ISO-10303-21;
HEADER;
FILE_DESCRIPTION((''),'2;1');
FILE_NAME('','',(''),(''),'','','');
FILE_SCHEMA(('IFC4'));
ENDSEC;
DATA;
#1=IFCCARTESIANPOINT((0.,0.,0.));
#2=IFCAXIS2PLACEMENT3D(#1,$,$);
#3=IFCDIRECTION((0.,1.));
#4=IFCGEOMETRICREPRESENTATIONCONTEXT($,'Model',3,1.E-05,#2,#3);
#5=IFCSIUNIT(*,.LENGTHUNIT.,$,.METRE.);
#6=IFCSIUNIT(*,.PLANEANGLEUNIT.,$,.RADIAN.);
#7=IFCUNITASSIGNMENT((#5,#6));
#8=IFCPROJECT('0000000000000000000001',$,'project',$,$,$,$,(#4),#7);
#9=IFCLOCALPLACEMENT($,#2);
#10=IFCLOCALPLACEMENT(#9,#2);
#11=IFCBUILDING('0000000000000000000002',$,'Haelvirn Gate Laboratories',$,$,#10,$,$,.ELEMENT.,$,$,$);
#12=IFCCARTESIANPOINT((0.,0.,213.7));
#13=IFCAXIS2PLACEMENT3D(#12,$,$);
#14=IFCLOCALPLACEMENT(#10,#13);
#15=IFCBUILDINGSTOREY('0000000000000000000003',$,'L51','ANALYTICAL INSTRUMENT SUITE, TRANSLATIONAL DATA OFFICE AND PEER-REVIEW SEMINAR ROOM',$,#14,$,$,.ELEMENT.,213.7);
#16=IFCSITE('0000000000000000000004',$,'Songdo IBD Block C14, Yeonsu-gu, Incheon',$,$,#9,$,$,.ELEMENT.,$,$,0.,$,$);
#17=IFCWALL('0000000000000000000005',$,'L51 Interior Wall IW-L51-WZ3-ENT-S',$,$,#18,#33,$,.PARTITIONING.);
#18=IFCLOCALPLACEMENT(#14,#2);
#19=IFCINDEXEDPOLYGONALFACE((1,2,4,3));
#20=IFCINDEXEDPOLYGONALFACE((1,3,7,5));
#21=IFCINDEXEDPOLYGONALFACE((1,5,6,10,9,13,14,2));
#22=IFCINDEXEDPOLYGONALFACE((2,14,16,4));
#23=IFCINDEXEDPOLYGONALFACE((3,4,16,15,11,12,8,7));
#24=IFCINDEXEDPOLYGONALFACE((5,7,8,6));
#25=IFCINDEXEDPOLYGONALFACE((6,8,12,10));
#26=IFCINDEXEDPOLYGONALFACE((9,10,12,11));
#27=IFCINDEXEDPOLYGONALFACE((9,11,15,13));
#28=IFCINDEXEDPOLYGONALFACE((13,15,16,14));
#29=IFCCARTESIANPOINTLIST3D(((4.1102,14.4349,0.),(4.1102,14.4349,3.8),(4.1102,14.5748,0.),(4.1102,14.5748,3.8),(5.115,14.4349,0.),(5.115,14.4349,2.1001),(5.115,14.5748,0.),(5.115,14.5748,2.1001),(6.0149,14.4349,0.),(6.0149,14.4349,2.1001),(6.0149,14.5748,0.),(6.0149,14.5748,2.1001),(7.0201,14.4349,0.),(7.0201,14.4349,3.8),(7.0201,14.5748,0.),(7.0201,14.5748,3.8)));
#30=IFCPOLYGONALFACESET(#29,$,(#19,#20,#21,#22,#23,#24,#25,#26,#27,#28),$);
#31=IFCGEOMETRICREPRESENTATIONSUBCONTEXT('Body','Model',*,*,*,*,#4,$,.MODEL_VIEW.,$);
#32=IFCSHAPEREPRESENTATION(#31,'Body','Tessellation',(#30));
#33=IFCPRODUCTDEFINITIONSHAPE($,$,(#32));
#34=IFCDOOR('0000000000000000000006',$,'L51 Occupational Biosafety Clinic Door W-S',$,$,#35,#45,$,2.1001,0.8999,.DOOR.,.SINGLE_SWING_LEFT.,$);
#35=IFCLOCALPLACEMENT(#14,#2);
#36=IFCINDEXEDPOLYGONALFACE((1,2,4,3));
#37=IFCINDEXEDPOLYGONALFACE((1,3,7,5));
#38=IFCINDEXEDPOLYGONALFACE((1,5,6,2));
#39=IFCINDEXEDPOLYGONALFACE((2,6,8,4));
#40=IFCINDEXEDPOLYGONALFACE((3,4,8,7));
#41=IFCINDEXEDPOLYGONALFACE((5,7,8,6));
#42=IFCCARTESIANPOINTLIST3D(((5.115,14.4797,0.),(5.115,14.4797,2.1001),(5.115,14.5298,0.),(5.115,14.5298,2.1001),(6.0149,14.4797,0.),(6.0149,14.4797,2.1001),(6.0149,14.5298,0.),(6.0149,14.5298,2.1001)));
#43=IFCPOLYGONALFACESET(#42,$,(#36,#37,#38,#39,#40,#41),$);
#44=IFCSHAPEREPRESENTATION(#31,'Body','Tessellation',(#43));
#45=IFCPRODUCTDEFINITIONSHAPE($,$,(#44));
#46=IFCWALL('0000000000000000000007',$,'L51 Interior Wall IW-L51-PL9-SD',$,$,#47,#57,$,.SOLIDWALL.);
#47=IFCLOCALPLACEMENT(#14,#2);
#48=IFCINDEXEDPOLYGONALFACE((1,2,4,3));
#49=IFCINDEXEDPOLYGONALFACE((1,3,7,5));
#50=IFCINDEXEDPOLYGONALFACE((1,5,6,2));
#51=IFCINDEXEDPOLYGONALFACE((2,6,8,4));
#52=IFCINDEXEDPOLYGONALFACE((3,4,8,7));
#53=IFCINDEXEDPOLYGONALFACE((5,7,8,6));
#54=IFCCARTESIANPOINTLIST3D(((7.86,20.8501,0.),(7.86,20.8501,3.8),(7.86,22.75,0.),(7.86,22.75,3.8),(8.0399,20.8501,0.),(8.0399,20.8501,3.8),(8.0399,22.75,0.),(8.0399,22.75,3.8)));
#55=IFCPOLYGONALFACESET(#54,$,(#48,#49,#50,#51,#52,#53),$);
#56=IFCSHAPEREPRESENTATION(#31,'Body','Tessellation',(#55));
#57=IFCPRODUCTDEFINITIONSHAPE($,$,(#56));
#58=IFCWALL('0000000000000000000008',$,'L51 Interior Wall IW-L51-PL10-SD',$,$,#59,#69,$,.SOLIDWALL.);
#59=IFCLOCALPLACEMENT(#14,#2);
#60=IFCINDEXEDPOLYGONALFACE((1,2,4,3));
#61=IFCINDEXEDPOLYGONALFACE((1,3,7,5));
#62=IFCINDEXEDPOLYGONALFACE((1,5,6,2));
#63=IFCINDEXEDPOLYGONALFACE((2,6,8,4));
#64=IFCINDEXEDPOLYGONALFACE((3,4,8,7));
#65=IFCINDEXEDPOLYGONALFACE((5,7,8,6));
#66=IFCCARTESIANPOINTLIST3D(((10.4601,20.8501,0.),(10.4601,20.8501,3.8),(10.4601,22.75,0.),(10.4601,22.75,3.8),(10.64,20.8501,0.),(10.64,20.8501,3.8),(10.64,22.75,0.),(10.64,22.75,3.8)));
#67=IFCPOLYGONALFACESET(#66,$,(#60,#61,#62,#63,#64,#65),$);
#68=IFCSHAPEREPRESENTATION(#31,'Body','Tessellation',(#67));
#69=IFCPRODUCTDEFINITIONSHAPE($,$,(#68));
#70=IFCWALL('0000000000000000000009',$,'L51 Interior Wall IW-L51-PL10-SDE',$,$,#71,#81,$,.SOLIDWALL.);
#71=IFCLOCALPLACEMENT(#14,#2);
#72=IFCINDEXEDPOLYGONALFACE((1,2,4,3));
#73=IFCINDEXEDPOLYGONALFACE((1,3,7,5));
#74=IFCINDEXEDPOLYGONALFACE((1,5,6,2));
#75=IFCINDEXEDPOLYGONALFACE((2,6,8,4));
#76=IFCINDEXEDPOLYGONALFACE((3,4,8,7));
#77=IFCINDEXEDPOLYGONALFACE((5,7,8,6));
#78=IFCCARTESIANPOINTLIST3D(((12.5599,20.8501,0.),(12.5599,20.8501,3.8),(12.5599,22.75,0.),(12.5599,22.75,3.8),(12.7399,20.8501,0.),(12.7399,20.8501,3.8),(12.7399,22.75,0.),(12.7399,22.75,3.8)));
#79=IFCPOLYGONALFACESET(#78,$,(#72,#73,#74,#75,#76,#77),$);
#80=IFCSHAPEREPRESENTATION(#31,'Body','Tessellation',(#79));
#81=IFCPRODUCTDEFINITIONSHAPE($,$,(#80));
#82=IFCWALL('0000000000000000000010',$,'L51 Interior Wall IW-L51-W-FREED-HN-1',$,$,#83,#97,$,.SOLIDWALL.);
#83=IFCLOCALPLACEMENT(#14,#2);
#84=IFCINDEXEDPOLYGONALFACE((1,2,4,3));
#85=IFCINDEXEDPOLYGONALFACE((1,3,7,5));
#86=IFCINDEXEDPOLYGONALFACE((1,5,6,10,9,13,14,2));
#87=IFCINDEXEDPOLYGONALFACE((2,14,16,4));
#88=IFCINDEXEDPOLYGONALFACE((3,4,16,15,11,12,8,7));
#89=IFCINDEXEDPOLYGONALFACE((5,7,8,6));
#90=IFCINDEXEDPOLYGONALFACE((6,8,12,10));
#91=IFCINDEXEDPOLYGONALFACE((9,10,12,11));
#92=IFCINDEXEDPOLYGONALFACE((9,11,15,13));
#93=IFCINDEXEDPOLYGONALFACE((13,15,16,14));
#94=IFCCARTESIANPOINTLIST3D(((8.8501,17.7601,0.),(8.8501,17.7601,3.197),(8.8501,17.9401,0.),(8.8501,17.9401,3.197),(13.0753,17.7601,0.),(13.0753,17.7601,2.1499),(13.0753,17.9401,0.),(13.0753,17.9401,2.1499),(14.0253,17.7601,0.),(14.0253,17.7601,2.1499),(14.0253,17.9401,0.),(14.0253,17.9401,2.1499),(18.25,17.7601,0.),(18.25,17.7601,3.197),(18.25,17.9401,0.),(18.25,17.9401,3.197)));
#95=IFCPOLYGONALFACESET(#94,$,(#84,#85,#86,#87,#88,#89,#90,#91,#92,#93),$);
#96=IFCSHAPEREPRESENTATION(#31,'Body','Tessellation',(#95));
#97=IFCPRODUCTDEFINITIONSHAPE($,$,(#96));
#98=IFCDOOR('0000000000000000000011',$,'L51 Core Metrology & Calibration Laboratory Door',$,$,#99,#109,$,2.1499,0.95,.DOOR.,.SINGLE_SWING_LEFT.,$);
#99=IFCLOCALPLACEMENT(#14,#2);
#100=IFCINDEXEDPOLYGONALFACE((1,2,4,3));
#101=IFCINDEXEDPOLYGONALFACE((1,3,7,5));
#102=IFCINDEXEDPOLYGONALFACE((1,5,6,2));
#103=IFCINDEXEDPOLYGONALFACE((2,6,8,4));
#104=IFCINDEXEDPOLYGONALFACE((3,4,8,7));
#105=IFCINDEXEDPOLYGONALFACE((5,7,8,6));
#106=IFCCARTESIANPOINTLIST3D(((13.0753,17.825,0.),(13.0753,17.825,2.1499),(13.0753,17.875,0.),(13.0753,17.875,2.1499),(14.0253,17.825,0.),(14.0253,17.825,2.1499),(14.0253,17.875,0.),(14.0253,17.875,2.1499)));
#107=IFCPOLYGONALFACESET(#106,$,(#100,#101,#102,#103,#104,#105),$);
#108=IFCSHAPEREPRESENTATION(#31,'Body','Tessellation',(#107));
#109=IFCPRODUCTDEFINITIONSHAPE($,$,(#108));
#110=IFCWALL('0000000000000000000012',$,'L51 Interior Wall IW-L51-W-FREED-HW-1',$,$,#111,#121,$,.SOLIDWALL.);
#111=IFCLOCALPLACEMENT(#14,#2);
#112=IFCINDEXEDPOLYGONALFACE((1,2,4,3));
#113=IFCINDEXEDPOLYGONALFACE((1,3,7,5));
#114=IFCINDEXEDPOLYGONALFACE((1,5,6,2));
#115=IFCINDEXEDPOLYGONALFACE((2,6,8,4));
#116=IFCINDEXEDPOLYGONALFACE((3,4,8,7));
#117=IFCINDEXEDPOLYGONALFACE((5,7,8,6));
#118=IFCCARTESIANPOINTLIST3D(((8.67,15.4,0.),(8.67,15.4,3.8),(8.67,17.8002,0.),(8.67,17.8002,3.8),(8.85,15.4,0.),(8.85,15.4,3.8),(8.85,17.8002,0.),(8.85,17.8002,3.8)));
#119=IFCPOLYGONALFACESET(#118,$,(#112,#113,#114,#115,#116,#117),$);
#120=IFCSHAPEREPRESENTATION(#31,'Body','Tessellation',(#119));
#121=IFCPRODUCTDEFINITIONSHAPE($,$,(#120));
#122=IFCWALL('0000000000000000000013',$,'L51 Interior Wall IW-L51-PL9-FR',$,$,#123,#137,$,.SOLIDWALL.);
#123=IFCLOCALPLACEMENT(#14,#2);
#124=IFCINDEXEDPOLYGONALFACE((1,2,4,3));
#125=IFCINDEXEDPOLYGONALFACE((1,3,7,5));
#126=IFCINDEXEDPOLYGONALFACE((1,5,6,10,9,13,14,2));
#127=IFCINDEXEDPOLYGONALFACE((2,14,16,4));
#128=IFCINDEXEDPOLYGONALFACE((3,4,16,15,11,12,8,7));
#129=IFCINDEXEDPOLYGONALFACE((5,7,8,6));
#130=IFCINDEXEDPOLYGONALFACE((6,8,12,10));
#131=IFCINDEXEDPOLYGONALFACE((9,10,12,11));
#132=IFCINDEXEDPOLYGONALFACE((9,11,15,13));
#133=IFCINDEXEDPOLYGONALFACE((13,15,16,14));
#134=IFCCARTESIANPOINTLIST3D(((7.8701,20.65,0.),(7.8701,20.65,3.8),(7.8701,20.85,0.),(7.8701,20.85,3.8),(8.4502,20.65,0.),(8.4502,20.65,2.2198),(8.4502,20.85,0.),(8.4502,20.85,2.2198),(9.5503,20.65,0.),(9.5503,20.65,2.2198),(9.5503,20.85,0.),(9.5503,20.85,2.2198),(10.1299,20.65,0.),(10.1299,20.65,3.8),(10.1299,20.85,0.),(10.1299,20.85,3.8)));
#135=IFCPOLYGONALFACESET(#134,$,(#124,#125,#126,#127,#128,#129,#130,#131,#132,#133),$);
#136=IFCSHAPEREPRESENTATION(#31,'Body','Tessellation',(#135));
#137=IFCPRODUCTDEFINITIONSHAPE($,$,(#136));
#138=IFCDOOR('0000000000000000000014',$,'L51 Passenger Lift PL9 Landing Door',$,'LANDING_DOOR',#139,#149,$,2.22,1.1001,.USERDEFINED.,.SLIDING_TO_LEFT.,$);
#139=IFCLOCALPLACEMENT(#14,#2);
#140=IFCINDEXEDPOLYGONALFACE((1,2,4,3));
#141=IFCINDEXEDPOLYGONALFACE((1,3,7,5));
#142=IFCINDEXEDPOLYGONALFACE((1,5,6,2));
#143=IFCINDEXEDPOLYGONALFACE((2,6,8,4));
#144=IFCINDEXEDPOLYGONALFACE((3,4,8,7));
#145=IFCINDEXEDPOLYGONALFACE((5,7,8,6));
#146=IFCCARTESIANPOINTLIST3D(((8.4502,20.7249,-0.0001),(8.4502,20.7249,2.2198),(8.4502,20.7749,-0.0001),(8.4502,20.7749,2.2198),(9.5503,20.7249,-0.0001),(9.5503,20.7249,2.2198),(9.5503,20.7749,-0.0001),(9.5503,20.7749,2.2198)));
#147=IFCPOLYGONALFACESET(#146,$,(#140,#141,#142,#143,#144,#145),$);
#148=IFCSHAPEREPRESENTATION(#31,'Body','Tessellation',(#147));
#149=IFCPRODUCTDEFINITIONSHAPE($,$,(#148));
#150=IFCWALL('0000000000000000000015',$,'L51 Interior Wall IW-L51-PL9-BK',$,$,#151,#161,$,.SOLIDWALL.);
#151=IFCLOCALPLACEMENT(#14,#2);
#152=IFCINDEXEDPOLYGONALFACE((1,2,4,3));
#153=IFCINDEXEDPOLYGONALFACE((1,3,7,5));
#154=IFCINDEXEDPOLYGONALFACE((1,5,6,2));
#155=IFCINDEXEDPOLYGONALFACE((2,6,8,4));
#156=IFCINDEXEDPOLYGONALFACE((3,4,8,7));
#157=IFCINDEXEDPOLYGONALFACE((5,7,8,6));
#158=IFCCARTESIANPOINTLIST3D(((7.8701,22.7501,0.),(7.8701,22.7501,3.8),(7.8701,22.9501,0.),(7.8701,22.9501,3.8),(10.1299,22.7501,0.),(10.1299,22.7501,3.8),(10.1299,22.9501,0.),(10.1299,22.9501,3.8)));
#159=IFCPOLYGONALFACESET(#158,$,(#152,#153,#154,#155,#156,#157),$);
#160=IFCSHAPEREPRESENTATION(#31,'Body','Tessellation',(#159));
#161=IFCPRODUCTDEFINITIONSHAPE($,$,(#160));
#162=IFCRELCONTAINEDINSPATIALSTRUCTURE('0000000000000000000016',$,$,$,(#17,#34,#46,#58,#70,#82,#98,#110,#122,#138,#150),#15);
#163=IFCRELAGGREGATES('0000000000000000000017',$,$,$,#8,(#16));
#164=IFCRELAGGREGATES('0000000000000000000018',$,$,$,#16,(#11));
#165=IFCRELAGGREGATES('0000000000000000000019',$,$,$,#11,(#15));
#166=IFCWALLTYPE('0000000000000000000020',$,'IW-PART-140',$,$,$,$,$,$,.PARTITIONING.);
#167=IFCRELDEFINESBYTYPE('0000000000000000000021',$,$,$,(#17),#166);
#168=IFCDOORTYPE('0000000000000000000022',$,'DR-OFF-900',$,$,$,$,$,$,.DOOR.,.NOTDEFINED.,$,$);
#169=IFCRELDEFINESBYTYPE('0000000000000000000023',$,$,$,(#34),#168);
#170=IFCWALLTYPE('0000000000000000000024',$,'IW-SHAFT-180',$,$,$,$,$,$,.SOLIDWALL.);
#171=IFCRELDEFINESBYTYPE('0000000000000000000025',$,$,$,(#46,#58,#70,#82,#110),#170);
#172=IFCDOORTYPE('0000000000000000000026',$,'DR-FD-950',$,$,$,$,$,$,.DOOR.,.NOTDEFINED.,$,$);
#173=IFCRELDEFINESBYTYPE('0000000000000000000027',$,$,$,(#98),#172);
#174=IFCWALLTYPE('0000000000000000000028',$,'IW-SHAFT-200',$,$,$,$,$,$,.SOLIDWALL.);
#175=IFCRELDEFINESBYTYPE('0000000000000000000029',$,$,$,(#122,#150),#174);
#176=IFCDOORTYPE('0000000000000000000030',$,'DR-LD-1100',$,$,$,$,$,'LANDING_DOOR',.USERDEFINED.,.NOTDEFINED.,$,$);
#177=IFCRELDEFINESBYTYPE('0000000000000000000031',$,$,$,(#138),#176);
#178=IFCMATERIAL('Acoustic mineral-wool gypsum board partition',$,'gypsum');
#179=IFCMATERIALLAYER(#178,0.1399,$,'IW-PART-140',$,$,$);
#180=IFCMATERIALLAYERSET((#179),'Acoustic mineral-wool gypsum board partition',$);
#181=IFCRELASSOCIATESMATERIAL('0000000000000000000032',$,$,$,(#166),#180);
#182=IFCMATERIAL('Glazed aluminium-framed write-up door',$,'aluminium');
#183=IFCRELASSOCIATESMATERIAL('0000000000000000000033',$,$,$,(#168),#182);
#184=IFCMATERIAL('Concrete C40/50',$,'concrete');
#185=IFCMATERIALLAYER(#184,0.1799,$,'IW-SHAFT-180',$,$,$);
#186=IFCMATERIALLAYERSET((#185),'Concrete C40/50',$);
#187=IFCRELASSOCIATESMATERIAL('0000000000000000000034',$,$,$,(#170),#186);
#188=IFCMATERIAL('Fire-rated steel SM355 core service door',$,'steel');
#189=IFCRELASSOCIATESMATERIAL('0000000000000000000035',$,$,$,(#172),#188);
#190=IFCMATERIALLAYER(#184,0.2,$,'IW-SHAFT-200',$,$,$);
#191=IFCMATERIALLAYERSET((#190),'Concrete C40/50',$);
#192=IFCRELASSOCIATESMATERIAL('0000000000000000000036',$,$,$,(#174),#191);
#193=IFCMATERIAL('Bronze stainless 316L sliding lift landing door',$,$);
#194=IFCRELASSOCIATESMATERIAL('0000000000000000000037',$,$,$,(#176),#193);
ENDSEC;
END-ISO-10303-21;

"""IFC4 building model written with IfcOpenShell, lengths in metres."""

from ifc_helpers import new_model, si_unit, direction, frame, frame_2d, origin, place, context, subcontext, project, spatial, rectangle, extrude, source, transform, mapped, material, layer, layer_set, type_object, type_shapes, element, fill, save


model = new_model("IFC4")

# Units and contexts
model_context = context("Model", 3, precision=1e-05, world=origin(), true_north=direction((0.0, 1.0)))
body_context = subcontext(model_context, "Body", "Model", "MODEL_VIEW")
ifc_project = project(units=[si_unit("LENGTHUNIT", "METRE"), si_unit("PLANEANGLEUNIT", "RADIAN")], contexts=[model_context])

# Site, building, storey
site_placement = place(None, origin())
site = spatial("IfcSite", under=ifc_project, at=site_placement, Name="Songdo IBD Block C14, Yeonsu-gu, Incheon", CompositionType="ELEMENT", RefElevation=0.0)
building_placement = place(site_placement, origin())
building = spatial("IfcBuilding", under=site, at=building_placement, Name="Haelvirn Gate Laboratories", CompositionType="ELEMENT")
storey_placement = place(building_placement, frame((0.0, 0.0, 213.7)))
storey = spatial("IfcBuildingStorey", under=building, at=storey_placement, Name="L51", Description="ANALYTICAL INSTRUMENT SUITE, TRANSLATIONAL DATA OFFICE AND PEER-REVIEW SEMINAR ROOM", CompositionType="ELEMENT", Elevation=213.7)

# Shared definitions
ifc_material_1 = material(Name="Acoustic mineral-wool gypsum board partition", Category="gypsum")
ifc_layer_1 = layer(ifc_material_1, 0.1399, Name="IW-PART-140")
ifc_layer_set_1 = layer_set([ifc_layer_1], Name="Acoustic mineral-wool gypsum board partition")
wall_type_1 = type_object("IfcWallType", Name="IW-PART-140", PredefinedType="PARTITIONING", material=ifc_layer_set_1)

# Wall, opening, door
wall_1_placement = place(storey_placement, frame((4.1101, 14.5049, 0.0), z_axis=(0.0, 0.0, 1.0), x_axis=(1.0, 0.0, 0.0)))
wall_1 = element("IfcWall", 1, at=wall_1_placement, inside=storey, type_object=wall_type_1, Name="L51 Interior Wall IW-L51-WZ3-ENT-S", PredefinedType="PARTITIONING", context=body_context, shape_type="SweptSolid", body=[
    extrude(rectangle(XDim=2.9099, YDim=0.1399, at=frame_2d((1.4551, 0.0))), origin(), (0.0, 0.0, 1.0), 3.8),
])
opening_1_placement = place(wall_1_placement, frame((1.0049, 0.0, 0.0)))
opening_1 = element("IfcOpeningElement", 2, at=opening_1_placement, cuts=wall_1, PredefinedType="OPENING", context=body_context, shape_type="SweptSolid", body=[
    extrude(rectangle(XDim=0.8999, YDim=2.1001, at=frame_2d((0.45, 1.05))), frame((0.0, 0.0801, 0.0), z_axis=(0.0, -1.0, 0.0), x_axis=(1.0, 0.0, 0.0)), (0.0, 0.0, 1.0), 0.1599),
])
ifc_material_2 = material(Name="Glazed aluminium-framed write-up door", Category="aluminium")
door_type_1 = type_object("IfcDoorType", Name="DR-OFF-900", OperationType="NOTDEFINED", PredefinedType="DOOR", material=ifc_material_2)
shared_shape_1 = source(origin(), body_context, "Body", "SweptSolid", [
    extrude(rectangle(XDim=0.8999, YDim=2.1001, at=frame_2d((0.45, 1.05))), frame((0.0, 0.0249, 0.0), z_axis=(0.0, -1.0, 0.0), x_axis=(1.0, 0.0, 0.0)), (0.0, 0.0, 1.0), 0.05),
])
type_shapes(door_type_1, [shared_shape_1])
door_1_placement = place(opening_1_placement, origin())
door_1 = element("IfcDoor", 3, at=door_1_placement, inside=storey, type_object=door_type_1, Name="L51 Occupational Biosafety Clinic Door W-S", OperationType="SINGLE_SWING_LEFT", OverallHeight=2.1001, OverallWidth=0.8999, PredefinedType="DOOR", context=body_context, shape_type="MappedRepresentation", body=[
    mapped(shared_shape_1, transform((0.0, 0.0, 0.0), scale=1.0)),
])
fill(opening_1, door_1)

# Walls
ifc_material_3 = material(Name="Concrete C40/50", Category="concrete")
ifc_layer_2 = layer(ifc_material_3, 0.1799, Name="IW-SHAFT-180")
ifc_layer_set_2 = layer_set([ifc_layer_2], Name="Concrete C40/50")
wall_type_2 = type_object("IfcWallType", Name="IW-SHAFT-180", PredefinedType="SOLIDWALL", material=ifc_layer_set_2)
for number, where, z_axis, x_axis, name in (
    (4, (7.95, 20.8501, 0.0), (0.0, 0.0, 1.0), (0.0, 1.0, 0.0), "L51 Interior Wall IW-L51-PL9-SD"),
    (5, (10.55, 20.8501, 0.0), (0.0, 0.0, 1.0), (0.0, 1.0, 0.0), "L51 Interior Wall IW-L51-PL10-SD"),
    (6, (12.6499, 20.8501, 0.0), (0.0, 0.0, 1.0), (0.0, 1.0, 0.0), "L51 Interior Wall IW-L51-PL10-SDE"),
):
    element("IfcWall", number, at=place(storey_placement, frame(where, z_axis=z_axis, x_axis=x_axis)), inside=storey, type_object=wall_type_2, Name=name, PredefinedType="SOLIDWALL", context=body_context, shape_type="SweptSolid", body=[
        extrude(rectangle(XDim=1.8999, YDim=0.1799, at=frame_2d((0.95, 0.0))), origin(), (0.0, 0.0, 1.0), 3.8),
    ])

# Wall, opening, door
wall_2_placement = place(storey_placement, frame((8.8501, 17.8501, 0.0), z_axis=(0.0, 0.0, 1.0), x_axis=(1.0, 0.0, 0.0)))
wall_2 = element("IfcWall", 7, at=wall_2_placement, inside=storey, type_object=wall_type_2, Name="L51 Interior Wall IW-L51-W-FREED-HN-1", PredefinedType="SOLIDWALL", context=body_context, shape_type="SweptSolid", body=[
    extrude(rectangle(XDim=9.3999, YDim=0.1799, at=frame_2d((4.7, 0.0))), origin(), (0.0, 0.0, 1.0), 3.197),
])
opening_2_placement = place(wall_2_placement, frame((4.2251, 0.0, 0.0)))
opening_2 = element("IfcOpeningElement", 8, at=opening_2_placement, cuts=wall_2, PredefinedType="OPENING", context=body_context, shape_type="SweptSolid", body=[
    extrude(rectangle(XDim=0.95, YDim=2.1499, at=frame_2d((0.4751, 1.075))), frame((0.0, 0.1001, 0.0), z_axis=(0.0, -1.0, 0.0), x_axis=(1.0, 0.0, 0.0)), (0.0, 0.0, 1.0), 0.2),
])
ifc_material_4 = material(Name="Fire-rated steel SM355 core service door", Category="steel")
door_type_2 = type_object("IfcDoorType", Name="DR-FD-950", OperationType="NOTDEFINED", PredefinedType="DOOR", material=ifc_material_4)
shared_shape_2 = source(origin(), body_context, "Body", "SweptSolid", [
    extrude(rectangle(XDim=0.95, YDim=2.1499, at=frame_2d((0.4751, 1.075))), frame((0.0, 0.0249, 0.0), z_axis=(0.0, -1.0, 0.0), x_axis=(1.0, 0.0, 0.0)), (0.0, 0.0, 1.0), 0.05),
])
type_shapes(door_type_2, [shared_shape_2])
door_2_placement = place(opening_2_placement, origin())
door_2 = element("IfcDoor", 9, at=door_2_placement, inside=storey, type_object=door_type_2, Name="L51 Core Metrology & Calibration Laboratory Door", OperationType="SINGLE_SWING_LEFT", OverallHeight=2.1499, OverallWidth=0.95, PredefinedType="DOOR", context=body_context, shape_type="MappedRepresentation", body=[
    mapped(shared_shape_2, transform((0.0, 0.0, 0.0), scale=1.0)),
])
fill(opening_2, door_2)

# Wall
wall_3_placement = place(storey_placement, frame((8.76, 15.3999, 0.0), z_axis=(0.0, 0.0, 1.0), x_axis=(0.0, 1.0, 0.0)))
element("IfcWall", 10, at=wall_3_placement, inside=storey, type_object=wall_type_2, Name="L51 Interior Wall IW-L51-W-FREED-HW-1", PredefinedType="SOLIDWALL", context=body_context, shape_type="SweptSolid", body=[
    extrude(rectangle(XDim=2.4001, YDim=0.1799, at=frame_2d((1.2002, 0.0))), origin(), (0.0, 0.0, 1.0), 3.8),
])

# Wall, opening, door
ifc_layer_3 = layer(ifc_material_3, 0.2, Name="IW-SHAFT-200")
ifc_layer_set_3 = layer_set([ifc_layer_3], Name="Concrete C40/50")
wall_type_3 = type_object("IfcWallType", Name="IW-SHAFT-200", PredefinedType="SOLIDWALL", material=ifc_layer_set_3)
wall_4_placement = place(storey_placement, frame((7.8701, 20.75, 0.0), z_axis=(0.0, 0.0, 1.0), x_axis=(1.0, 0.0, 0.0)))
wall_4 = element("IfcWall", 11, at=wall_4_placement, inside=storey, type_object=wall_type_3, Name="L51 Interior Wall IW-L51-PL9-FR", PredefinedType="SOLIDWALL", context=body_context, shape_type="SweptSolid", body=[
    extrude(rectangle(XDim=2.2598, YDim=0.2, at=frame_2d((1.1299, 0.0))), origin(), (0.0, 0.0, 1.0), 3.8),
])
opening_3_placement = place(wall_4_placement, frame((0.5801, 0.0, 0.0)))
opening_3 = element("IfcOpeningElement", 12, at=opening_3_placement, cuts=wall_4, PredefinedType="OPENING", context=body_context, shape_type="SweptSolid", body=[
    extrude(rectangle(XDim=1.1001, YDim=2.22, at=frame_2d((0.55, 1.1099))), frame((0.0, 0.1099, 0.0), z_axis=(0.0, -1.0, 0.0), x_axis=(1.0, 0.0, 0.0)), (0.0, 0.0, 1.0), 0.22),
])
ifc_material_5 = material(Name="Bronze stainless 316L sliding lift landing door")
door_type_3 = type_object("IfcDoorType", Name="DR-LD-1100", ElementType="LANDING_DOOR", OperationType="NOTDEFINED", PredefinedType="USERDEFINED", material=ifc_material_5)
shared_shape_3 = source(origin(), body_context, "Body", "SweptSolid", [
    extrude(rectangle(XDim=1.1001, YDim=2.22, at=frame_2d((0.55, 1.1099))), frame((0.0, 0.0249, 0.0), z_axis=(0.0, -1.0, 0.0), x_axis=(1.0, 0.0, 0.0)), (0.0, 0.0, 1.0), 0.05),
])
type_shapes(door_type_3, [shared_shape_3])
door_3_placement = place(opening_3_placement, origin())
door_3 = element("IfcDoor", 13, at=door_3_placement, inside=storey, type_object=door_type_3, Name="L51 Passenger Lift PL9 Landing Door", ObjectType="LANDING_DOOR", OperationType="SLIDING_TO_LEFT", OverallHeight=2.22, OverallWidth=1.1001, PredefinedType="USERDEFINED", context=body_context, shape_type="MappedRepresentation", body=[
    mapped(shared_shape_3, transform((0.0, 0.0, 0.0), scale=1.0)),
])
fill(opening_3, door_3)

# Wall
wall_5_placement = place(storey_placement, frame((7.8701, 22.8501, 0.0), z_axis=(0.0, 0.0, 1.0), x_axis=(1.0, 0.0, 0.0)))
element("IfcWall", 14, at=wall_5_placement, inside=storey, type_object=wall_type_3, Name="L51 Interior Wall IW-L51-PL9-BK", PredefinedType="SOLIDWALL", context=body_context, shape_type="SweptSolid", body=[
    extrude(rectangle(XDim=2.2598, YDim=0.2, at=frame_2d((1.1299, 0.0))), origin(), (0.0, 0.0, 1.0), 3.8),
])

save(model, "model.ifc")
